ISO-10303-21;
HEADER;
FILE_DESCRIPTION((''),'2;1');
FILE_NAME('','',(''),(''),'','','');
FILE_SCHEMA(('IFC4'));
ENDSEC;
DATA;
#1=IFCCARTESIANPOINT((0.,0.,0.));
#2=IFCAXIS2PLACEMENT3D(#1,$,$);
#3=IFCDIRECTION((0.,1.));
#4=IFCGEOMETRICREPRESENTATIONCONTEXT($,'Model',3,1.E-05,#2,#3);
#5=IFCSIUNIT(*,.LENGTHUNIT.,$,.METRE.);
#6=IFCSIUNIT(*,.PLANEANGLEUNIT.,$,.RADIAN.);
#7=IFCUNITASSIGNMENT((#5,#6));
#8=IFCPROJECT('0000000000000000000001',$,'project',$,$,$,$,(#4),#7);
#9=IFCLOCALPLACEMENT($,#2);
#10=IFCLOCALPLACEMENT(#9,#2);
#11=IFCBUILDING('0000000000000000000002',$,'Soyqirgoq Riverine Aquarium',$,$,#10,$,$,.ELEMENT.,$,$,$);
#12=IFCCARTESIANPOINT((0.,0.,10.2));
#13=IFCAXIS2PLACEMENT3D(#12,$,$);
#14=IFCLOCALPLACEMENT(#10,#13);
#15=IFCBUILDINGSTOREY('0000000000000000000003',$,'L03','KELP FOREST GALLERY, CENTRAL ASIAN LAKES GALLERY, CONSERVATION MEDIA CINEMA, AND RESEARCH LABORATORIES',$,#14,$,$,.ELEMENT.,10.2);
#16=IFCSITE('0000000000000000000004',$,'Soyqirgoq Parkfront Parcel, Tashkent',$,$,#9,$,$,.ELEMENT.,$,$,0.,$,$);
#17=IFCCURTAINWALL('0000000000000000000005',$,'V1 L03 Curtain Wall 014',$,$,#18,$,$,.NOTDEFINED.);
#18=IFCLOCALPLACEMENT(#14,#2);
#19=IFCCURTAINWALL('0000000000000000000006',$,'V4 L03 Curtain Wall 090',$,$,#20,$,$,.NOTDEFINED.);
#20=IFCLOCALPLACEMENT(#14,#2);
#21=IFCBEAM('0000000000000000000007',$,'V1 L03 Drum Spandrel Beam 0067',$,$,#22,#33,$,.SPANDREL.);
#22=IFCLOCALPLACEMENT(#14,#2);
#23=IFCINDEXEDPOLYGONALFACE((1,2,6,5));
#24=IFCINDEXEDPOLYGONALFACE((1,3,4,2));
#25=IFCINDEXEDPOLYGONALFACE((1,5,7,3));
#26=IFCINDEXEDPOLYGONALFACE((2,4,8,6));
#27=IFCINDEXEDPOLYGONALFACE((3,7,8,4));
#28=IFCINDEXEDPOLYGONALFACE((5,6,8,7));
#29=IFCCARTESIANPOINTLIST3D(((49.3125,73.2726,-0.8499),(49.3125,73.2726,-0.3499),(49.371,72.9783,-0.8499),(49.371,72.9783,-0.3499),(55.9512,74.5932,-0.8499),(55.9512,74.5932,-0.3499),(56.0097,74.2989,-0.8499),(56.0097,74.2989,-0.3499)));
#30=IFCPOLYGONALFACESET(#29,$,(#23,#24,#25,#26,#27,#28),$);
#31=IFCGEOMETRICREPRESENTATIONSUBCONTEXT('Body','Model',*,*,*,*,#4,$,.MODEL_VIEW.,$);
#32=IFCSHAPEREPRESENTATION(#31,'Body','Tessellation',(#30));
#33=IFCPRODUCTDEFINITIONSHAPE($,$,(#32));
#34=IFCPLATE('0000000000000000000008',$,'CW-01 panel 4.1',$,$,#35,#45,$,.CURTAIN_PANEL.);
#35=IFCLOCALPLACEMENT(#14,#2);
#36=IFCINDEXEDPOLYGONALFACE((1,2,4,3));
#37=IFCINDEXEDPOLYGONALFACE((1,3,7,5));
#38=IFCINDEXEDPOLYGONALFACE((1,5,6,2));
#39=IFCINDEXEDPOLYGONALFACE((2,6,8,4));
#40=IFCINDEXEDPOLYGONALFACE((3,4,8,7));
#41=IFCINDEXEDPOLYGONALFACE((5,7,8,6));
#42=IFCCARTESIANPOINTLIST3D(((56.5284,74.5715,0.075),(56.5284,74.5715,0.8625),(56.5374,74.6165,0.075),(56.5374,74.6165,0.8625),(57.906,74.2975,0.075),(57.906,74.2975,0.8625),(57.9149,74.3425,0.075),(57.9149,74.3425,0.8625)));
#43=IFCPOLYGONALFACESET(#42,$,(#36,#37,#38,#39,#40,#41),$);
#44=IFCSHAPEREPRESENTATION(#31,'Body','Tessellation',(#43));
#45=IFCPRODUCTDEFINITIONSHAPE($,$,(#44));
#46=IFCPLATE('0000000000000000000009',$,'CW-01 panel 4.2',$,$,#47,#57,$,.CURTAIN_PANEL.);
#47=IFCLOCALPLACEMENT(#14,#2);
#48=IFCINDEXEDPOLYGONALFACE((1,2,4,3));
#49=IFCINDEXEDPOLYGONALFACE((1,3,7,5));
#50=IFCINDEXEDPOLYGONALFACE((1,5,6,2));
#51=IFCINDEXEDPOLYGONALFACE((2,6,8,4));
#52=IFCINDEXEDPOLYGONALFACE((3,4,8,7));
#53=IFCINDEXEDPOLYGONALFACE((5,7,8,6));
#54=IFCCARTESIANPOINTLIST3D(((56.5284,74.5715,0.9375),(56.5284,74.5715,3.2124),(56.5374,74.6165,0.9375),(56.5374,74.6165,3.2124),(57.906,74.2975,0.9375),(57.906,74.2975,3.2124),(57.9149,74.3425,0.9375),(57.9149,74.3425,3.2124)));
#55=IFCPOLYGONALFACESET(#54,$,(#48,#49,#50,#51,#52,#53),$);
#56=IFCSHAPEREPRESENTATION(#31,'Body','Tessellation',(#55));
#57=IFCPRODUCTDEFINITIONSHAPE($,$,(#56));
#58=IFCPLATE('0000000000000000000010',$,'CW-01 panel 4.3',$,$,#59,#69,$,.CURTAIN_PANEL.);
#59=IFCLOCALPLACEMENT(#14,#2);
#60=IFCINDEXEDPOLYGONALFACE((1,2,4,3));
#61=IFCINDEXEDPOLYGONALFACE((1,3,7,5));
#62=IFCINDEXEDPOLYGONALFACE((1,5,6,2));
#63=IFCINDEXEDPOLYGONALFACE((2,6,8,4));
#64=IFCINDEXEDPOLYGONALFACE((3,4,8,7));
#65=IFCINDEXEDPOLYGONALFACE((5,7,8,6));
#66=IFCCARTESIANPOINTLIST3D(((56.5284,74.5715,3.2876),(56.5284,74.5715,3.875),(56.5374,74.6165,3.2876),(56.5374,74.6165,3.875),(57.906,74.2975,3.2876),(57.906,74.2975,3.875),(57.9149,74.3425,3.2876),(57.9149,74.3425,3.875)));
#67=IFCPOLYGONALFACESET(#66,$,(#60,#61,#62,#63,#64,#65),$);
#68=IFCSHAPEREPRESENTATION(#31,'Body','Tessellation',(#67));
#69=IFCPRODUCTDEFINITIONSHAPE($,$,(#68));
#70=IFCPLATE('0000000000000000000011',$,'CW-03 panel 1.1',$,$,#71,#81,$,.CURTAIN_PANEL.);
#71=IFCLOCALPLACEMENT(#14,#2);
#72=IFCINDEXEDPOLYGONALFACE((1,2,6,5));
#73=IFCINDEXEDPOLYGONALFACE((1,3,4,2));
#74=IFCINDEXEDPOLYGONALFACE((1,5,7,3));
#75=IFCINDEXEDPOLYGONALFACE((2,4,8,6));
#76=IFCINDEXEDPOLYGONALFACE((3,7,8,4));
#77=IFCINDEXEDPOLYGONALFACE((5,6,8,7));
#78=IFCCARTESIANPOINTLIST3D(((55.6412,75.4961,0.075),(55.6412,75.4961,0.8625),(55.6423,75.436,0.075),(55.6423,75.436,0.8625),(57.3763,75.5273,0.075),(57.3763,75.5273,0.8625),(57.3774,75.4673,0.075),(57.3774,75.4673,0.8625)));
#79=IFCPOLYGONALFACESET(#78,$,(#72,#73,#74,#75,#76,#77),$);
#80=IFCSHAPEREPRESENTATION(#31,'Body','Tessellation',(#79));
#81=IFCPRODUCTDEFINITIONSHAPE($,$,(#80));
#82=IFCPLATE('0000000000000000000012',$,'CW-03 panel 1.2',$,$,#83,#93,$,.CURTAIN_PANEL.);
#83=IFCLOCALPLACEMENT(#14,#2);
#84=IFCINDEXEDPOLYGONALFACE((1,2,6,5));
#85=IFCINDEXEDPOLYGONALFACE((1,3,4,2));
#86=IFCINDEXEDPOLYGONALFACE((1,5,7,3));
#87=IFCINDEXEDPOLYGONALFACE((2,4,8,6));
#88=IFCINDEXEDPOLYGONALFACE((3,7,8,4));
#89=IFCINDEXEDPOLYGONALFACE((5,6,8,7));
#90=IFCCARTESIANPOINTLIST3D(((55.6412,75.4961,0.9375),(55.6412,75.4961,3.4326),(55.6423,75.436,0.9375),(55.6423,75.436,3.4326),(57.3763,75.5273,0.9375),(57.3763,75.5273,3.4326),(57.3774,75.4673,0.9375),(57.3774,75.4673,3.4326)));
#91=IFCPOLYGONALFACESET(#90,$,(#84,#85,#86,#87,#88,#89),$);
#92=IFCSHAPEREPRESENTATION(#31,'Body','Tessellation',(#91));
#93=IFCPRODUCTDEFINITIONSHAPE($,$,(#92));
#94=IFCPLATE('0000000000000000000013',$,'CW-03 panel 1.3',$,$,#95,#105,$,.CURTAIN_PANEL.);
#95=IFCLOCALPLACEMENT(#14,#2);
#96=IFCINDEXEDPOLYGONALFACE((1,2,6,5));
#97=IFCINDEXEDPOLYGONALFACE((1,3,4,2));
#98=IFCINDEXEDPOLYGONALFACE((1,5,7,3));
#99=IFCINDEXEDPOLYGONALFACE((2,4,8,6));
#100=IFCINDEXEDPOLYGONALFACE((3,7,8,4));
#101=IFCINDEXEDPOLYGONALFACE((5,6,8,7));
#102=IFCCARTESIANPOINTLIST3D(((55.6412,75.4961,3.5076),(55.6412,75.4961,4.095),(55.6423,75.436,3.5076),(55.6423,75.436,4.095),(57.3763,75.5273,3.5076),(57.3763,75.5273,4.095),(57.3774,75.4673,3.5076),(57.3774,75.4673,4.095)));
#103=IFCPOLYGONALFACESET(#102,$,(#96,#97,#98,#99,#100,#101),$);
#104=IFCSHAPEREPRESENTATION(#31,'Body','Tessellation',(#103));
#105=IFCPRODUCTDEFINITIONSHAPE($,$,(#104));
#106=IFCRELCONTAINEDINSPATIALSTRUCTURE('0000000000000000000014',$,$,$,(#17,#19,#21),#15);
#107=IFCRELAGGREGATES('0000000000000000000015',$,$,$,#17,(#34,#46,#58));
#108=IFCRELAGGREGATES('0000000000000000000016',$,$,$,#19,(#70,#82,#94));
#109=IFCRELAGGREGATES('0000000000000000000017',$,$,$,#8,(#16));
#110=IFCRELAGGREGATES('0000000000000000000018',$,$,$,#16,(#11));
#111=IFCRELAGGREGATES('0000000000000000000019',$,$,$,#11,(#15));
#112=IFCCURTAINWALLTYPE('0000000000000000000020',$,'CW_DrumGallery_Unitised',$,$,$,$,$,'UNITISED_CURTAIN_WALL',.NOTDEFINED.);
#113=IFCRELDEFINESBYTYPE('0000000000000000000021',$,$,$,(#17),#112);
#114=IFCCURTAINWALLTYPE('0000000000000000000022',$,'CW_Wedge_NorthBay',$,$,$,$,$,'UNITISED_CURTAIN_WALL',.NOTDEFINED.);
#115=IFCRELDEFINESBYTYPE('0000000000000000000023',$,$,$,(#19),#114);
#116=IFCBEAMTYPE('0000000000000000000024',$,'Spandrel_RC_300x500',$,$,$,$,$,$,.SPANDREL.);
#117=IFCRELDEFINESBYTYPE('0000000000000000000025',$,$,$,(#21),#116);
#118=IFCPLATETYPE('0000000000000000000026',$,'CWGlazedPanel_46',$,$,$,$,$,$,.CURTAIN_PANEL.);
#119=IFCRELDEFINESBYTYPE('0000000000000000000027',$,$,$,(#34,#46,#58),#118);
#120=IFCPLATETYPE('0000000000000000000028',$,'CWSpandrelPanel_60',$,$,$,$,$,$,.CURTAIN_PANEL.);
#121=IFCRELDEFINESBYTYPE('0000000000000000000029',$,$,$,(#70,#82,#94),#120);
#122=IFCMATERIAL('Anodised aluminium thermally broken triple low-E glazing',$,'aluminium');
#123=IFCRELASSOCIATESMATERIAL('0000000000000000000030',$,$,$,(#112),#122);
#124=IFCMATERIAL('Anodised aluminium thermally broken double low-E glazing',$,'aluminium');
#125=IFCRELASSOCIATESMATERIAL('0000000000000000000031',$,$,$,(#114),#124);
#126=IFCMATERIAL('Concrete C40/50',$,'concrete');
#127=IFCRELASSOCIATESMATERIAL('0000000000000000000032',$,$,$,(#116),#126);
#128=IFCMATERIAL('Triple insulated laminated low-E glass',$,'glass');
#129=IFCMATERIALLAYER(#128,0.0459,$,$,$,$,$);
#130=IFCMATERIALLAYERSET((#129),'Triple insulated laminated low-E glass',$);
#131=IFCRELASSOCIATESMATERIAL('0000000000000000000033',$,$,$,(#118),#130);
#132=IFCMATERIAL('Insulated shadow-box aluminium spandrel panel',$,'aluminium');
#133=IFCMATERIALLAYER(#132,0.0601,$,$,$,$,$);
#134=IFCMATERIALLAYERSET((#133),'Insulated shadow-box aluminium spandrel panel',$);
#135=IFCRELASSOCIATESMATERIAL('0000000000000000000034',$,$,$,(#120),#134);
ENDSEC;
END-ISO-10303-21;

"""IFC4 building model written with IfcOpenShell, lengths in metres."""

from ifc_helpers import new_model, si_unit, direction, frame, origin, origin_2d, place, context, subcontext, project, spatial, rectangle, extrude, material, layer, layer_set, material_profile, profile_set, type_object, element, aggregate, save


model = new_model("IFC4")

# Units and contexts
model_context = context("Model", 3, precision=1e-05, world=origin(), true_north=direction((0.0, 1.0)))
body_context = subcontext(model_context, "Body", "Model", "MODEL_VIEW")
ifc_project = project(units=[si_unit("LENGTHUNIT", "METRE"), si_unit("PLANEANGLEUNIT", "RADIAN")], contexts=[model_context])

# Site, building, storey
site_placement = place(None, origin())
site = spatial("IfcSite", under=ifc_project, at=site_placement, Name="Soyqirgoq Parkfront Parcel, Tashkent", CompositionType="ELEMENT", RefElevation=0.0)
building_placement = place(site_placement, origin())
building = spatial("IfcBuilding", under=site, at=building_placement, Name="Soyqirgoq Riverine Aquarium", CompositionType="ELEMENT")
storey_placement = place(building_placement, frame((0.0, 0.0, 10.2)))
storey = spatial("IfcBuildingStorey", under=building, at=storey_placement, Name="L03", Description="KELP FOREST GALLERY, CENTRAL ASIAN LAKES GALLERY, CONSERVATION MEDIA CINEMA, AND RESEARCH LABORATORIES", CompositionType="ELEMENT", Elevation=10.2)

# Curtain wall
ifc_material_1 = material(Name="Anodised aluminium thermally broken triple low-E glazing", Category="aluminium")
curtain_wall_type_1 = type_object("IfcCurtainWallType", Name="CW_DrumGallery_Unitised", ElementType="UNITISED_CURTAIN_WALL", PredefinedType="NOTDEFINED", material=ifc_material_1)
curtain_wall_1_placement = place(storey_placement, origin())
curtain_wall_1 = element("IfcCurtainWall", 1, at=curtain_wall_1_placement, inside=storey, type_object=curtain_wall_type_1, Name="V1 L03 Curtain Wall 014", PredefinedType="NOTDEFINED")

# Curtain wall
ifc_material_2 = material(Name="Anodised aluminium thermally broken double low-E glazing", Category="aluminium")
curtain_wall_type_2 = type_object("IfcCurtainWallType", Name="CW_Wedge_NorthBay", ElementType="UNITISED_CURTAIN_WALL", PredefinedType="NOTDEFINED", material=ifc_material_2)
curtain_wall_2_placement = place(storey_placement, origin())
curtain_wall_2 = element("IfcCurtainWall", 2, at=curtain_wall_2_placement, inside=storey, type_object=curtain_wall_type_2, Name="V4 L03 Curtain Wall 090", PredefinedType="NOTDEFINED")

# Beam
ifc_material_3 = material(Name="Concrete C40/50", Category="concrete")
ifc_material_profile_1 = material_profile(ifc_material_3, rectangle(XDim=0.3, YDim=0.5, at=origin_2d()), Name="RC 300x500")
ifc_profile_set_1 = profile_set([ifc_material_profile_1], Name="Concrete C40/50")
beam_type_1 = type_object("IfcBeamType", Name="Spandrel_RC_300x500", PredefinedType="SPANDREL", material=ifc_profile_set_1)
beam_1_placement = place(storey_placement, frame((55.9805, 74.446, -0.5999), z_axis=(-0.980784, -0.195096, 0.0), x_axis=(0.195096, -0.980784, 0.0)))
element("IfcBeam", 3, at=beam_1_placement, inside=storey, type_object=beam_type_1, Name="V1 L03 Drum Spandrel Beam 0067", PredefinedType="SPANDREL", context=body_context, shape_type="SweptSolid", body=[
    extrude(rectangle(XDim=0.3, YDim=0.5, at=origin_2d()), origin(), (0.0, 0.0, 1.0), 6.7688),
])

# Plates
ifc_material_4 = material(Name="Triple insulated laminated low-E glass", Category="glass")
ifc_layer_1 = layer(ifc_material_4, 0.0459)
ifc_layer_set_1 = layer_set([ifc_layer_1], Name="Triple insulated laminated low-E glass")
plate_type_1 = type_object("IfcPlateType", Name="CWGlazedPanel_46", PredefinedType="CURTAIN_PANEL", material=ifc_layer_set_1)
plate_1_placement = place(storey_placement, frame((57.2217, 74.457, 0.075), z_axis=(0.0, 0.0, 1.0), x_axis=(-0.980784, 0.195095, 0.0)))
plate_1 = element("IfcPlate", 4, at=plate_1_placement, type_object=plate_type_1, Name="CW-01 panel 4.1", PredefinedType="CURTAIN_PANEL", context=body_context, shape_type="SweptSolid", body=[
    extrude(rectangle(XDim=1.4045, YDim=0.0459, at=origin_2d()), origin(), (0.0, 0.0, 1.0), 0.7876),
])
plate_2_placement = place(storey_placement, frame((57.2217, 74.457, 0.9375), z_axis=(0.0, 0.0, 1.0), x_axis=(-0.980784, 0.195095, 0.0)))
plate_2 = element("IfcPlate", 5, at=plate_2_placement, type_object=plate_type_1, Name="CW-01 panel 4.2", PredefinedType="CURTAIN_PANEL", context=body_context, shape_type="SweptSolid", body=[
    extrude(rectangle(XDim=1.4045, YDim=0.0459, at=origin_2d()), origin(), (0.0, 0.0, 1.0), 2.2749),
])
plate_3_placement = place(storey_placement, frame((57.2217, 74.457, 3.2876), z_axis=(0.0, 0.0, 1.0), x_axis=(-0.980784, 0.195095, 0.0)))
plate_3 = element("IfcPlate", 6, at=plate_3_placement, type_object=plate_type_1, Name="CW-01 panel 4.3", PredefinedType="CURTAIN_PANEL", context=body_context, shape_type="SweptSolid", body=[
    extrude(rectangle(XDim=1.4045, YDim=0.0459, at=origin_2d()), origin(), (0.0, 0.0, 1.0), 0.5874),
])
aggregate(curtain_wall_1, [plate_1, plate_2, plate_3])
ifc_material_5 = material(Name="Insulated shadow-box aluminium spandrel panel", Category="aluminium")
ifc_layer_2 = layer(ifc_material_5, 0.0601)
ifc_layer_set_2 = layer_set([ifc_layer_2], Name="Insulated shadow-box aluminium spandrel panel")
plate_type_2 = type_object("IfcPlateType", Name="CWSpandrelPanel_60", PredefinedType="CURTAIN_PANEL", material=ifc_layer_set_2)
plate_4_placement = place(storey_placement, frame((56.5093, 75.4817, 0.075), z_axis=(0.0, 0.0, 1.0), x_axis=(-0.999838, -0.018005, 0.0)))
plate_4 = element("IfcPlate", 7, at=plate_4_placement, type_object=plate_type_2, Name="CW-03 panel 1.1", PredefinedType="CURTAIN_PANEL", context=body_context, shape_type="SweptSolid", body=[
    extrude(rectangle(XDim=1.7354, YDim=0.0601, at=origin_2d()), origin(), (0.0, 0.0, 1.0), 0.7876),
])
plate_5_placement = place(storey_placement, frame((56.5093, 75.4817, 0.9375), z_axis=(0.0, 0.0, 1.0), x_axis=(-0.999838, -0.018005, 0.0)))
plate_5 = element("IfcPlate", 8, at=plate_5_placement, type_object=plate_type_2, Name="CW-03 panel 1.2", PredefinedType="CURTAIN_PANEL", context=body_context, shape_type="SweptSolid", body=[
    extrude(rectangle(XDim=1.7354, YDim=0.0601, at=origin_2d()), origin(), (0.0, 0.0, 1.0), 2.4951),
])
plate_6_placement = place(storey_placement, frame((56.5093, 75.4817, 3.5076), z_axis=(0.0, 0.0, 1.0), x_axis=(-0.999838, -0.018005, 0.0)))
plate_6 = element("IfcPlate", 9, at=plate_6_placement, type_object=plate_type_2, Name="CW-03 panel 1.3", PredefinedType="CURTAIN_PANEL", context=body_context, shape_type="SweptSolid", body=[
    extrude(rectangle(XDim=1.7354, YDim=0.0601, at=origin_2d()), origin(), (0.0, 0.0, 1.0), 0.5874),
])
aggregate(curtain_wall_2, [plate_4, plate_5, plate_6])

save(model, "model.ifc")
